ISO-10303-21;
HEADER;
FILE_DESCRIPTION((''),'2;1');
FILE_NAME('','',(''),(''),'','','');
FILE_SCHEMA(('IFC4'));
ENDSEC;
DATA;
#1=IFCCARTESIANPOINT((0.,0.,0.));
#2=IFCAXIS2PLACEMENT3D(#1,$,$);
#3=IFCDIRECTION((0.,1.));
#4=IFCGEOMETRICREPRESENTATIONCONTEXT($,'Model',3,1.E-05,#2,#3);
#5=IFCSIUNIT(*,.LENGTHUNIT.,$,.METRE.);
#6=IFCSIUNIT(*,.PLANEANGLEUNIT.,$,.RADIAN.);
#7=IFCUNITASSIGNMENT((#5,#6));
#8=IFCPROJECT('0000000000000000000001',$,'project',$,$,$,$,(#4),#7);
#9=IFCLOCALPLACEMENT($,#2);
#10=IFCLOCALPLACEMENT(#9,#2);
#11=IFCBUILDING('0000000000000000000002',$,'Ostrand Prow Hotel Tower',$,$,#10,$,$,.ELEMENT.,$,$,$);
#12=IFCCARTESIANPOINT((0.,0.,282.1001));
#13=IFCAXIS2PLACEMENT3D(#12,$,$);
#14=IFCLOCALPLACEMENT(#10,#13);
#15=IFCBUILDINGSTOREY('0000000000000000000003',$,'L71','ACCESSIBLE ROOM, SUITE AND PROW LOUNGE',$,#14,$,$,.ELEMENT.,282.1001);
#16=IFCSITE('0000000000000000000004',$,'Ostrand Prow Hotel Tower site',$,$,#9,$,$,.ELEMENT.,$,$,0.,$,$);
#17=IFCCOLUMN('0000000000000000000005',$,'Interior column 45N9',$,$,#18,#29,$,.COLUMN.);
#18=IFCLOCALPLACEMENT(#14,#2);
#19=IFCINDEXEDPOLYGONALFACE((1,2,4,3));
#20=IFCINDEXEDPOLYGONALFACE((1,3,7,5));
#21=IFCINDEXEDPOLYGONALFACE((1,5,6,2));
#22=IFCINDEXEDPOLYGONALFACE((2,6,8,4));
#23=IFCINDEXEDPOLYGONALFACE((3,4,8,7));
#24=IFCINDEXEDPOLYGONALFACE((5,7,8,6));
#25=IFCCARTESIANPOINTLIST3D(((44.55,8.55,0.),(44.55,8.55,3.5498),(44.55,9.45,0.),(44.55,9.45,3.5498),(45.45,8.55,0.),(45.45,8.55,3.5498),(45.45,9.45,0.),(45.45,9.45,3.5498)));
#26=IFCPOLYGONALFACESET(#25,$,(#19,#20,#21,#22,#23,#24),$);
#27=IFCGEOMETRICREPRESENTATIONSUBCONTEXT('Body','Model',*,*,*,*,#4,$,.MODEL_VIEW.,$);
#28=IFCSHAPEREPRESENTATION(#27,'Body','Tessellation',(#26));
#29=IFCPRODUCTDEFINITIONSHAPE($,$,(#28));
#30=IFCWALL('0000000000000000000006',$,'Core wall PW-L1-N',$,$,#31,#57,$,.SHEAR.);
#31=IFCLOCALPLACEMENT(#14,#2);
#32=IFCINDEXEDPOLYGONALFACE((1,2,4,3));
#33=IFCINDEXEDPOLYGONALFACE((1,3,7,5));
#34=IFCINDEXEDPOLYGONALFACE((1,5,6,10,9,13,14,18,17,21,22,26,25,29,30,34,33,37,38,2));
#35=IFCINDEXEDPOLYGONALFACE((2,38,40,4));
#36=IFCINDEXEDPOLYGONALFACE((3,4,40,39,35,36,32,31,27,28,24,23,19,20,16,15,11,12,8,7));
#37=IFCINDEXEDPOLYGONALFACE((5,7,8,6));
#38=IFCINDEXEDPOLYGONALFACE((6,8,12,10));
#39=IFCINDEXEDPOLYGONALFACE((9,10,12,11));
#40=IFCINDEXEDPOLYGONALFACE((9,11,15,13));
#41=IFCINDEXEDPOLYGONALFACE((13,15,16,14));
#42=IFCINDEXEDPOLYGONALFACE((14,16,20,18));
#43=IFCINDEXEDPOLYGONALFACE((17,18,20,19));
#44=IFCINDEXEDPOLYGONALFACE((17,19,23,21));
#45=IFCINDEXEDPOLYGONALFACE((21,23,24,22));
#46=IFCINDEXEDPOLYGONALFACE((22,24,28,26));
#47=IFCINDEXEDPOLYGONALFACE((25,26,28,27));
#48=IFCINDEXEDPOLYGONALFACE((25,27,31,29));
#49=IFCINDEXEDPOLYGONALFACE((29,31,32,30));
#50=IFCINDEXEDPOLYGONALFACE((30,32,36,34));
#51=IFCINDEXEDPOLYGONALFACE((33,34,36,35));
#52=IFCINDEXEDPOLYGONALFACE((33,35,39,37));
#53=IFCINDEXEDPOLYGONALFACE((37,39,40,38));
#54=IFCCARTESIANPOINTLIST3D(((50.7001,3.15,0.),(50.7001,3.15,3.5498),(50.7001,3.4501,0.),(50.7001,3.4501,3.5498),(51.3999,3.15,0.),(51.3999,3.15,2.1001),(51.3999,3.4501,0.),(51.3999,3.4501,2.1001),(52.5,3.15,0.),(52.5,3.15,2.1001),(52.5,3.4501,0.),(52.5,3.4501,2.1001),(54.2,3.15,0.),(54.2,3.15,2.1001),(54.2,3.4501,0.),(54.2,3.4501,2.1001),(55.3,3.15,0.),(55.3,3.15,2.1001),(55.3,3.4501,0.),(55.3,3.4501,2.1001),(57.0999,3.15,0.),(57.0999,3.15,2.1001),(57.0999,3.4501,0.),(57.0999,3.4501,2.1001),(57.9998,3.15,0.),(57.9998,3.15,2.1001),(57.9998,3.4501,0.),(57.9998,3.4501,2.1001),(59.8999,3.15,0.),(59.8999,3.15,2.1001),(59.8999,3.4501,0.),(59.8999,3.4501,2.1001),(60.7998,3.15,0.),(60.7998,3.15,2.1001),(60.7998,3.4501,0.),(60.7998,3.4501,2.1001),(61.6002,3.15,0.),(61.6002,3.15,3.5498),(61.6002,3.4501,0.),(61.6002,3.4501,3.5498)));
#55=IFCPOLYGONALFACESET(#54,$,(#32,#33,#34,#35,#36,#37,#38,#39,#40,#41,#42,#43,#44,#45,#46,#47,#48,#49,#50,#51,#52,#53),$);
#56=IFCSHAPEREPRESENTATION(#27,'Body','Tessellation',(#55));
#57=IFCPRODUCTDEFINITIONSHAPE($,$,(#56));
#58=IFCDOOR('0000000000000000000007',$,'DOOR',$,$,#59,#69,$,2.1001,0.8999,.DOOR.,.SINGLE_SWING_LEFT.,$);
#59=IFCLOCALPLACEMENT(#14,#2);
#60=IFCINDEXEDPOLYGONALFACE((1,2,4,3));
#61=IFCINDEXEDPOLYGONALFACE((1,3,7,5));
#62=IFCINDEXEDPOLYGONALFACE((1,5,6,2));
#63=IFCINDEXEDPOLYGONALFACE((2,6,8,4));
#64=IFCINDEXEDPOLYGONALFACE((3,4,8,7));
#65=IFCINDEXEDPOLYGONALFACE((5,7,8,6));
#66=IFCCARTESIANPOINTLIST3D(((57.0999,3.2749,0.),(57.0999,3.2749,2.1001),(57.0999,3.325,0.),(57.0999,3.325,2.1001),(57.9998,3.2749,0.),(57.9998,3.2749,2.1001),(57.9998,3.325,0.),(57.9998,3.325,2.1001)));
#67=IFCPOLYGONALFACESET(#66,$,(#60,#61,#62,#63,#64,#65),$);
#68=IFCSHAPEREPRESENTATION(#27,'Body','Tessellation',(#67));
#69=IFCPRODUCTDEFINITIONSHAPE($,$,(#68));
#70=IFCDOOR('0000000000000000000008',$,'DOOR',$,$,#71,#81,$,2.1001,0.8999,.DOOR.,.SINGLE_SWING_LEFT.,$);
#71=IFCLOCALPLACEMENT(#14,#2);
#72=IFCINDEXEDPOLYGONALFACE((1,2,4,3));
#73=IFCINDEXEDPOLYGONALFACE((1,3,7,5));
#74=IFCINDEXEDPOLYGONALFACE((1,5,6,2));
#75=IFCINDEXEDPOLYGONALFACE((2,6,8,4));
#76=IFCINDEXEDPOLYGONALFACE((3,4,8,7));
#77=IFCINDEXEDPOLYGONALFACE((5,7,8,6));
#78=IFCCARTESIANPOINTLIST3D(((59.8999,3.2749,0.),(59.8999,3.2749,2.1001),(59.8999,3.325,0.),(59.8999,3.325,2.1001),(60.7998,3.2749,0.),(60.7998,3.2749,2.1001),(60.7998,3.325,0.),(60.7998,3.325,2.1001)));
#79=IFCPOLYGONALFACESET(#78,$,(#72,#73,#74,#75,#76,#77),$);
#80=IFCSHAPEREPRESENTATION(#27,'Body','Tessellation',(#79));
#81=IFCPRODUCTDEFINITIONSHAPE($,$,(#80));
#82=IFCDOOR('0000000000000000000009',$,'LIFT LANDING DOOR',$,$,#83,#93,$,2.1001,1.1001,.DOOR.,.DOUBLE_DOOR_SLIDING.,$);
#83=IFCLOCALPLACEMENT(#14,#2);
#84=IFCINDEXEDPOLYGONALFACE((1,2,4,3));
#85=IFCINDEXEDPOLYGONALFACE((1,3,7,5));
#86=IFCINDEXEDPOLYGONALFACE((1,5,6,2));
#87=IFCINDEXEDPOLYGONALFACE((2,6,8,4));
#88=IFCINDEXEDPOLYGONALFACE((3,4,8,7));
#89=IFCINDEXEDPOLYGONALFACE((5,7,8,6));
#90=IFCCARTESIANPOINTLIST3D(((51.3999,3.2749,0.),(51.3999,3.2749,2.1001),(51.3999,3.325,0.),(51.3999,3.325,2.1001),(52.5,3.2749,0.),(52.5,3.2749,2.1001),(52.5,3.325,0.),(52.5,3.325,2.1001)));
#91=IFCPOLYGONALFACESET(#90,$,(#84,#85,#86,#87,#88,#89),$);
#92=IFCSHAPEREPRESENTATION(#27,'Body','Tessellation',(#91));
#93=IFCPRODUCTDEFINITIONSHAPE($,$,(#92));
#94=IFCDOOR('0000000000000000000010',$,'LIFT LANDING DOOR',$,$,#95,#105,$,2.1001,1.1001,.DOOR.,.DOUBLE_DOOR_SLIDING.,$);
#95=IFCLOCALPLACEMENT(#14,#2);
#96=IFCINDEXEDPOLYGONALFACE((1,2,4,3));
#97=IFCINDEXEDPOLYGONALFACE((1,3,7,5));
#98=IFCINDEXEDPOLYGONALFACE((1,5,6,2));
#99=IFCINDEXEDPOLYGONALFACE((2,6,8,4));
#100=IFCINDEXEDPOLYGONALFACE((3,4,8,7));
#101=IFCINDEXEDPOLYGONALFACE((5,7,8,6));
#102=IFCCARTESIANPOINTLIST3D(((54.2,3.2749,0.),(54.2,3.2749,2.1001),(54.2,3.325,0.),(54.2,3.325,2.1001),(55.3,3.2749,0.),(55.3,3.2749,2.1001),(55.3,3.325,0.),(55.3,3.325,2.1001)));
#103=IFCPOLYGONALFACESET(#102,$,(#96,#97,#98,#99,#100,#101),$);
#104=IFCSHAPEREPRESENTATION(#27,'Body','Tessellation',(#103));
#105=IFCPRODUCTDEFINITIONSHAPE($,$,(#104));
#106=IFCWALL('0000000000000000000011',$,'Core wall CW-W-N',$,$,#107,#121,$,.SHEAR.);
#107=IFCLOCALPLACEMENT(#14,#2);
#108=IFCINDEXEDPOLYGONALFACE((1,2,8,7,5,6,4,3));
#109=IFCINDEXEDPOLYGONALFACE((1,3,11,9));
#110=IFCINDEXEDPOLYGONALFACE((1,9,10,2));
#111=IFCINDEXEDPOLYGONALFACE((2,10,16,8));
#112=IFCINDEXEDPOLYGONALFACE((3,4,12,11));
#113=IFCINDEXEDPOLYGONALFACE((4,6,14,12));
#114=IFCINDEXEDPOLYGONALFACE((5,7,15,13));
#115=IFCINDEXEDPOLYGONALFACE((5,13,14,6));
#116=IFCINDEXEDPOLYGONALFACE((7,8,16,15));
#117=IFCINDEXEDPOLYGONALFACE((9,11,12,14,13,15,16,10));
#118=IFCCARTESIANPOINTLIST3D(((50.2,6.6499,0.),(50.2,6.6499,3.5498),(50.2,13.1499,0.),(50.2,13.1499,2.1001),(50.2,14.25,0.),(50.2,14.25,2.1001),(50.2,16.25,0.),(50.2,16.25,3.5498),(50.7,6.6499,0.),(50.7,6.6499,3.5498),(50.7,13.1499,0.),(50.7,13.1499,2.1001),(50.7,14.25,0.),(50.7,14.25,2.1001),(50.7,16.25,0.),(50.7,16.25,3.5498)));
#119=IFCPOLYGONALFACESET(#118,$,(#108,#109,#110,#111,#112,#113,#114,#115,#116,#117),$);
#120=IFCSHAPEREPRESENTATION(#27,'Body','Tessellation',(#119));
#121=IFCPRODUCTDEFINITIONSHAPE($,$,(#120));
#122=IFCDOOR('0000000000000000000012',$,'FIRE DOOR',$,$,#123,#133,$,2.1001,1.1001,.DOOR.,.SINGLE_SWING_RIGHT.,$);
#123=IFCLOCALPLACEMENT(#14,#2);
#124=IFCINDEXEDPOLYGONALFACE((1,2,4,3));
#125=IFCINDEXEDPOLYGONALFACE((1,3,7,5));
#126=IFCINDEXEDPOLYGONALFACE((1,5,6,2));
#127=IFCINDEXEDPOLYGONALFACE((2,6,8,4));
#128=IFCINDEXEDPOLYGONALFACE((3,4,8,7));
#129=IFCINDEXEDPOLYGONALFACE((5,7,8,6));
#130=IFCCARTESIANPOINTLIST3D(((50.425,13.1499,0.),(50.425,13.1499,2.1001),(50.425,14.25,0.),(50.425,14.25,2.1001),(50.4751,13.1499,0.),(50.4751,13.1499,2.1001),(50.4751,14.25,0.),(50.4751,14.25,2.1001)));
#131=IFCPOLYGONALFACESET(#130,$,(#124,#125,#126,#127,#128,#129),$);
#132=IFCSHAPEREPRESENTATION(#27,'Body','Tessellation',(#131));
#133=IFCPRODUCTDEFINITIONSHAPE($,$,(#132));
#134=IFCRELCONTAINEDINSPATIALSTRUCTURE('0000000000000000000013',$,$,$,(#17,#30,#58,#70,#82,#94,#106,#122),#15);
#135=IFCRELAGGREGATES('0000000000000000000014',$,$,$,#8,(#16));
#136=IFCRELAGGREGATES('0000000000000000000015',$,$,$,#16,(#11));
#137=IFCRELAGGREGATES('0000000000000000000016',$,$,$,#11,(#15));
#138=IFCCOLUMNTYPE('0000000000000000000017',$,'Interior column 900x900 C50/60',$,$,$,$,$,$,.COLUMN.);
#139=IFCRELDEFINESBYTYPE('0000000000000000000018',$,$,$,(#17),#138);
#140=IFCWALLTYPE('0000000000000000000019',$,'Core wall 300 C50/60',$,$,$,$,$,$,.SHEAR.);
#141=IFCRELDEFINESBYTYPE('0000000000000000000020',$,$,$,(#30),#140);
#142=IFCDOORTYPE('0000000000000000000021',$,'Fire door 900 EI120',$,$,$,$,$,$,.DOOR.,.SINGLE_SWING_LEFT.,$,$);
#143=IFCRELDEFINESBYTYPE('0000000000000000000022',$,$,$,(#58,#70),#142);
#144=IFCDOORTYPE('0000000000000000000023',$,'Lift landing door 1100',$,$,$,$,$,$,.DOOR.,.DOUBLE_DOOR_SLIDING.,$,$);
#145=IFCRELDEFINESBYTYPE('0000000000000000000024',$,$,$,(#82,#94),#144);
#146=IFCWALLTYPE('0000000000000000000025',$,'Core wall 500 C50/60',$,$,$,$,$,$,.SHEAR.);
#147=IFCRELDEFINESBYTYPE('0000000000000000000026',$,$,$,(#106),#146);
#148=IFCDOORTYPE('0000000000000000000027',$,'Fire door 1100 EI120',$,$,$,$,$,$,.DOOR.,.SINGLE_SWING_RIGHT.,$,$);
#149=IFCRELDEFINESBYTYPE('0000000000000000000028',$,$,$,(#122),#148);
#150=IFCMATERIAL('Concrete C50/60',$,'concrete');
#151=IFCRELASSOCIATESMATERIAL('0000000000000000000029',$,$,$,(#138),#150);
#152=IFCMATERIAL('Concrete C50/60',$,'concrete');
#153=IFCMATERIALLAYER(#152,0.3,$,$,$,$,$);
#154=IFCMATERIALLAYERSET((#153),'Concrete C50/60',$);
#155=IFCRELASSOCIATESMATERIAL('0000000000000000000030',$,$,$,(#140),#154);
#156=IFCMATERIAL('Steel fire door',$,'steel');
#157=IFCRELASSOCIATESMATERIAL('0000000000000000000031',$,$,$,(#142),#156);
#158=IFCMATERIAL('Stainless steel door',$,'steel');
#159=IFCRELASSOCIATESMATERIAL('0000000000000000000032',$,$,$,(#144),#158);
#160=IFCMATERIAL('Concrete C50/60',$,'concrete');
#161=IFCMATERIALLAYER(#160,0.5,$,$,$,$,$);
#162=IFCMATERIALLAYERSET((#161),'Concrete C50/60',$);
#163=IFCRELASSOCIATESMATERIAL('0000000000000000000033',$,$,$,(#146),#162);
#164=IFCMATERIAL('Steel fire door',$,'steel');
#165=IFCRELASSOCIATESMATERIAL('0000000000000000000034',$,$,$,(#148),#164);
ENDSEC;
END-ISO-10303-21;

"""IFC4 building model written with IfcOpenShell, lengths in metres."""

from ifc_helpers import new_model, si_unit, direction, frame, frame_2d, origin, origin_2d, place, context, subcontext, project, spatial, rectangle, extrude, material, layer, layer_set, material_profile, profile_set, type_object, element, fill, save


model = new_model("IFC4")

# Units and contexts
model_context = context("Model", 3, precision=1e-05, world=origin(), true_north=direction((0.0, 1.0)))
body_context = subcontext(model_context, "Body", "Model", "MODEL_VIEW")
ifc_project = project(units=[si_unit("LENGTHUNIT", "METRE"), si_unit("PLANEANGLEUNIT", "RADIAN")], contexts=[model_context])

# Site, building, storey
site_placement = place(None, origin())
site = spatial("IfcSite", under=ifc_project, at=site_placement, Name="Ostrand Prow Hotel Tower site", CompositionType="ELEMENT", RefElevation=0.0)
building_placement = place(site_placement, origin())
building = spatial("IfcBuilding", under=site, at=building_placement, Name="Ostrand Prow Hotel Tower", CompositionType="ELEMENT")
storey_placement = place(building_placement, frame((0.0, 0.0, 282.1001)))
storey = spatial("IfcBuildingStorey", under=building, at=storey_placement, Name="L71", Description="ACCESSIBLE ROOM, SUITE AND PROW LOUNGE", CompositionType="ELEMENT", Elevation=282.1001)

# Column
ifc_material_1 = material(Name="Concrete C50/60", Category="concrete")
ifc_material_profile = material_profile(ifc_material_1, rectangle(XDim=0.8999, YDim=0.8999, at=origin_2d()), Name="RC 900x900")
ifc_profile_set = profile_set([ifc_material_profile], Name="Concrete C50/60")
column_type = type_object("IfcColumnType", Name="Interior column 900x900 C50/60", PredefinedType="COLUMN", material=ifc_profile_set)
column_placement = place(storey_placement, frame((45.0, 9.0, 0.0), z_axis=(0.0, 0.0, 1.0), x_axis=(1.0, 0.0, 0.0)))
element("IfcColumn", 1, at=column_placement, inside=storey, type_object=column_type, Name="Interior column 45N9", PredefinedType="COLUMN", context=body_context, shape_type="SweptSolid", body=[
    extrude(rectangle(XDim=0.8999, YDim=0.8999, at=origin_2d()), origin(), (0.0, 0.0, 1.0), 3.5498),
])

# Wall, openings, doors
ifc_material_2 = material(Name="Concrete C50/60", Category="concrete")
ifc_layer_1 = layer(ifc_material_2, 0.3)
ifc_layer_set_1 = layer_set([ifc_layer_1], Name="Concrete C50/60")
wall_type_1 = type_object("IfcWallType", Name="Core wall 300 C50/60", PredefinedType="SHEAR", material=ifc_layer_set_1)
wall_1_placement = place(storey_placement, frame((50.7, 3.3, 0.0), z_axis=(0.0, 0.0, 1.0), x_axis=(1.0, 0.0, 0.0)))
wall_1 = element("IfcWall", 2, at=wall_1_placement, inside=storey, type_object=wall_type_1, Name="Core wall PW-L1-N", PredefinedType="SHEAR", context=body_context, shape_type="SweptSolid", body=[
    extrude(rectangle(XDim=10.9001, YDim=0.3, at=frame_2d((5.4502, 0.0))), origin(), (0.0, 0.0, 1.0), 3.5498),
])
opening_1_placement = place(wall_1_placement, frame((0.7, 0.0, 0.0)))
opening_1 = element("IfcOpeningElement", 3, at=opening_1_placement, cuts=wall_1, PredefinedType="OPENING", context=body_context, shape_type="SweptSolid", body=[
    extrude(rectangle(XDim=1.1001, YDim=2.1001, at=frame_2d((0.55, 1.05))), frame((0.0, 0.1599, 0.0), z_axis=(0.0, -1.0, 0.0), x_axis=(1.0, 0.0, 0.0)), (0.0, 0.0, 1.0), 0.3201),
])
opening_2_placement = place(wall_1_placement, frame((3.5, 0.0, 0.0)))
opening_2 = element("IfcOpeningElement", 4, at=opening_2_placement, cuts=wall_1, PredefinedType="OPENING", context=body_context, shape_type="SweptSolid", body=[
    extrude(rectangle(XDim=1.1001, YDim=2.1001, at=frame_2d((0.55, 1.05))), frame((0.0, 0.1599, 0.0), z_axis=(0.0, -1.0, 0.0), x_axis=(1.0, 0.0, 0.0)), (0.0, 0.0, 1.0), 0.3201),
])
opening_3_placement = place(wall_1_placement, frame((6.3999, 0.0, 0.0)))
opening_3 = element("IfcOpeningElement", 5, at=opening_3_placement, cuts=wall_1, PredefinedType="OPENING", context=body_context, shape_type="SweptSolid", body=[
    extrude(rectangle(XDim=0.8999, YDim=2.1001, at=frame_2d((0.45, 1.05))), frame((0.0, 0.1599, 0.0), z_axis=(0.0, -1.0, 0.0), x_axis=(1.0, 0.0, 0.0)), (0.0, 0.0, 1.0), 0.3201),
])
opening_4_placement = place(wall_1_placement, frame((9.2, 0.0, 0.0)))
opening_4 = element("IfcOpeningElement", 6, at=opening_4_placement, cuts=wall_1, PredefinedType="OPENING", context=body_context, shape_type="SweptSolid", body=[
    extrude(rectangle(XDim=0.8999, YDim=2.1001, at=frame_2d((0.45, 1.05))), frame((0.0, 0.1599, 0.0), z_axis=(0.0, -1.0, 0.0), x_axis=(1.0, 0.0, 0.0)), (0.0, 0.0, 1.0), 0.3201),
])
ifc_material_3 = material(Name="Steel fire door", Category="steel")
door_type_1 = type_object("IfcDoorType", Name="Fire door 900 EI120", OperationType="SINGLE_SWING_LEFT", PredefinedType="DOOR", material=ifc_material_3)
door_1_placement = place(opening_3_placement, origin())
door_1 = element("IfcDoor", 7, at=door_1_placement, inside=storey, type_object=door_type_1, Name="DOOR", OperationType="SINGLE_SWING_LEFT", OverallHeight=2.1001, OverallWidth=0.8999, PredefinedType="DOOR", context=body_context, shape_type="SweptSolid", body=[
    extrude(rectangle(XDim=0.8999, YDim=2.1001, at=frame_2d((0.45, 1.05))), frame((0.0, 0.0249, 0.0), z_axis=(0.0, -1.0, 0.0), x_axis=(1.0, 0.0, 0.0)), (0.0, 0.0, 1.0), 0.05),
])
fill(opening_3, door_1)
door_2_placement = place(opening_4_placement, origin())
door_2 = element("IfcDoor", 8, at=door_2_placement, inside=storey, type_object=door_type_1, Name="DOOR", OperationType="SINGLE_SWING_LEFT", OverallHeight=2.1001, OverallWidth=0.8999, PredefinedType="DOOR", context=body_context, shape_type="SweptSolid", body=[
    extrude(rectangle(XDim=0.8999, YDim=2.1001, at=frame_2d((0.45, 1.05))), frame((0.0, 0.0249, 0.0), z_axis=(0.0, -1.0, 0.0), x_axis=(1.0, 0.0, 0.0)), (0.0, 0.0, 1.0), 0.05),
])
fill(opening_4, door_2)
ifc_material_4 = material(Name="Stainless steel door", Category="steel")
door_type_2 = type_object("IfcDoorType", Name="Lift landing door 1100", OperationType="DOUBLE_DOOR_SLIDING", PredefinedType="DOOR", material=ifc_material_4)
door_3_placement = place(opening_1_placement, origin())
door_3 = element("IfcDoor", 9, at=door_3_placement, inside=storey, type_object=door_type_2, Name="LIFT LANDING DOOR", OperationType="DOUBLE_DOOR_SLIDING", OverallHeight=2.1001, OverallWidth=1.1001, PredefinedType="DOOR", context=body_context, shape_type="SweptSolid", body=[
    extrude(rectangle(XDim=1.1001, YDim=2.1001, at=frame_2d((0.55, 1.05))), frame((0.0, 0.0249, 0.0), z_axis=(0.0, -1.0, 0.0), x_axis=(1.0, 0.0, 0.0)), (0.0, 0.0, 1.0), 0.05),
])
fill(opening_1, door_3)
door_4_placement = place(opening_2_placement, origin())
door_4 = element("IfcDoor", 10, at=door_4_placement, inside=storey, type_object=door_type_2, Name="LIFT LANDING DOOR", OperationType="DOUBLE_DOOR_SLIDING", OverallHeight=2.1001, OverallWidth=1.1001, PredefinedType="DOOR", context=body_context, shape_type="SweptSolid", body=[
    extrude(rectangle(XDim=1.1001, YDim=2.1001, at=frame_2d((0.55, 1.05))), frame((0.0, 0.0249, 0.0), z_axis=(0.0, -1.0, 0.0), x_axis=(1.0, 0.0, 0.0)), (0.0, 0.0, 1.0), 0.05),
])
fill(opening_2, door_4)

# Wall, opening, door
ifc_material_5 = material(Name="Concrete C50/60", Category="concrete")
ifc_layer_2 = layer(ifc_material_5, 0.5)
ifc_layer_set_2 = layer_set([ifc_layer_2], Name="Concrete C50/60")
wall_type_2 = type_object("IfcWallType", Name="Core wall 500 C50/60", PredefinedType="SHEAR", material=ifc_layer_set_2)
wall_2_placement = place(storey_placement, frame((50.45, 6.6499, 0.0), z_axis=(0.0, 0.0, 1.0), x_axis=(0.0, 1.0, 0.0)))
wall_2 = element("IfcWall", 11, at=wall_2_placement, inside=storey, type_object=wall_type_2, Name="Core wall CW-W-N", PredefinedType="SHEAR", context=body_context, shape_type="SweptSolid", body=[
    extrude(rectangle(XDim=9.6001, YDim=0.5, at=frame_2d((4.8, 0.0))), origin(), (0.0, 0.0, 1.0), 3.5498),
])
opening_5_placement = place(wall_2_placement, frame((6.5, 0.0, 0.0)))
opening_5 = element("IfcOpeningElement", 12, at=opening_5_placement, cuts=wall_2, PredefinedType="OPENING", context=body_context, shape_type="SweptSolid", body=[
    extrude(rectangle(XDim=1.1001, YDim=2.1001, at=frame_2d((0.55, 1.05))), frame((0.0, 0.26, 0.0), z_axis=(0.0, -1.0, 0.0), x_axis=(1.0, 0.0, 0.0)), (0.0, 0.0, 1.0), 0.52),
])
ifc_material_6 = material(Name="Steel fire door", Category="steel")
door_type_3 = type_object("IfcDoorType", Name="Fire door 1100 EI120", OperationType="SINGLE_SWING_RIGHT", PredefinedType="DOOR", material=ifc_material_6)
door_5_placement = place(opening_5_placement, origin())
door_5 = element("IfcDoor", 13, at=door_5_placement, inside=storey, type_object=door_type_3, Name="FIRE DOOR", OperationType="SINGLE_SWING_RIGHT", OverallHeight=2.1001, OverallWidth=1.1001, PredefinedType="DOOR", context=body_context, shape_type="SweptSolid", body=[
    extrude(rectangle(XDim=1.1001, YDim=2.1001, at=frame_2d((0.55, 1.05))), frame((0.0, 0.0249, 0.0), z_axis=(0.0, -1.0, 0.0), x_axis=(1.0, 0.0, 0.0)), (0.0, 0.0, 1.0), 0.05),
])
fill(opening_5, door_5)

save(model, "model.ifc")
